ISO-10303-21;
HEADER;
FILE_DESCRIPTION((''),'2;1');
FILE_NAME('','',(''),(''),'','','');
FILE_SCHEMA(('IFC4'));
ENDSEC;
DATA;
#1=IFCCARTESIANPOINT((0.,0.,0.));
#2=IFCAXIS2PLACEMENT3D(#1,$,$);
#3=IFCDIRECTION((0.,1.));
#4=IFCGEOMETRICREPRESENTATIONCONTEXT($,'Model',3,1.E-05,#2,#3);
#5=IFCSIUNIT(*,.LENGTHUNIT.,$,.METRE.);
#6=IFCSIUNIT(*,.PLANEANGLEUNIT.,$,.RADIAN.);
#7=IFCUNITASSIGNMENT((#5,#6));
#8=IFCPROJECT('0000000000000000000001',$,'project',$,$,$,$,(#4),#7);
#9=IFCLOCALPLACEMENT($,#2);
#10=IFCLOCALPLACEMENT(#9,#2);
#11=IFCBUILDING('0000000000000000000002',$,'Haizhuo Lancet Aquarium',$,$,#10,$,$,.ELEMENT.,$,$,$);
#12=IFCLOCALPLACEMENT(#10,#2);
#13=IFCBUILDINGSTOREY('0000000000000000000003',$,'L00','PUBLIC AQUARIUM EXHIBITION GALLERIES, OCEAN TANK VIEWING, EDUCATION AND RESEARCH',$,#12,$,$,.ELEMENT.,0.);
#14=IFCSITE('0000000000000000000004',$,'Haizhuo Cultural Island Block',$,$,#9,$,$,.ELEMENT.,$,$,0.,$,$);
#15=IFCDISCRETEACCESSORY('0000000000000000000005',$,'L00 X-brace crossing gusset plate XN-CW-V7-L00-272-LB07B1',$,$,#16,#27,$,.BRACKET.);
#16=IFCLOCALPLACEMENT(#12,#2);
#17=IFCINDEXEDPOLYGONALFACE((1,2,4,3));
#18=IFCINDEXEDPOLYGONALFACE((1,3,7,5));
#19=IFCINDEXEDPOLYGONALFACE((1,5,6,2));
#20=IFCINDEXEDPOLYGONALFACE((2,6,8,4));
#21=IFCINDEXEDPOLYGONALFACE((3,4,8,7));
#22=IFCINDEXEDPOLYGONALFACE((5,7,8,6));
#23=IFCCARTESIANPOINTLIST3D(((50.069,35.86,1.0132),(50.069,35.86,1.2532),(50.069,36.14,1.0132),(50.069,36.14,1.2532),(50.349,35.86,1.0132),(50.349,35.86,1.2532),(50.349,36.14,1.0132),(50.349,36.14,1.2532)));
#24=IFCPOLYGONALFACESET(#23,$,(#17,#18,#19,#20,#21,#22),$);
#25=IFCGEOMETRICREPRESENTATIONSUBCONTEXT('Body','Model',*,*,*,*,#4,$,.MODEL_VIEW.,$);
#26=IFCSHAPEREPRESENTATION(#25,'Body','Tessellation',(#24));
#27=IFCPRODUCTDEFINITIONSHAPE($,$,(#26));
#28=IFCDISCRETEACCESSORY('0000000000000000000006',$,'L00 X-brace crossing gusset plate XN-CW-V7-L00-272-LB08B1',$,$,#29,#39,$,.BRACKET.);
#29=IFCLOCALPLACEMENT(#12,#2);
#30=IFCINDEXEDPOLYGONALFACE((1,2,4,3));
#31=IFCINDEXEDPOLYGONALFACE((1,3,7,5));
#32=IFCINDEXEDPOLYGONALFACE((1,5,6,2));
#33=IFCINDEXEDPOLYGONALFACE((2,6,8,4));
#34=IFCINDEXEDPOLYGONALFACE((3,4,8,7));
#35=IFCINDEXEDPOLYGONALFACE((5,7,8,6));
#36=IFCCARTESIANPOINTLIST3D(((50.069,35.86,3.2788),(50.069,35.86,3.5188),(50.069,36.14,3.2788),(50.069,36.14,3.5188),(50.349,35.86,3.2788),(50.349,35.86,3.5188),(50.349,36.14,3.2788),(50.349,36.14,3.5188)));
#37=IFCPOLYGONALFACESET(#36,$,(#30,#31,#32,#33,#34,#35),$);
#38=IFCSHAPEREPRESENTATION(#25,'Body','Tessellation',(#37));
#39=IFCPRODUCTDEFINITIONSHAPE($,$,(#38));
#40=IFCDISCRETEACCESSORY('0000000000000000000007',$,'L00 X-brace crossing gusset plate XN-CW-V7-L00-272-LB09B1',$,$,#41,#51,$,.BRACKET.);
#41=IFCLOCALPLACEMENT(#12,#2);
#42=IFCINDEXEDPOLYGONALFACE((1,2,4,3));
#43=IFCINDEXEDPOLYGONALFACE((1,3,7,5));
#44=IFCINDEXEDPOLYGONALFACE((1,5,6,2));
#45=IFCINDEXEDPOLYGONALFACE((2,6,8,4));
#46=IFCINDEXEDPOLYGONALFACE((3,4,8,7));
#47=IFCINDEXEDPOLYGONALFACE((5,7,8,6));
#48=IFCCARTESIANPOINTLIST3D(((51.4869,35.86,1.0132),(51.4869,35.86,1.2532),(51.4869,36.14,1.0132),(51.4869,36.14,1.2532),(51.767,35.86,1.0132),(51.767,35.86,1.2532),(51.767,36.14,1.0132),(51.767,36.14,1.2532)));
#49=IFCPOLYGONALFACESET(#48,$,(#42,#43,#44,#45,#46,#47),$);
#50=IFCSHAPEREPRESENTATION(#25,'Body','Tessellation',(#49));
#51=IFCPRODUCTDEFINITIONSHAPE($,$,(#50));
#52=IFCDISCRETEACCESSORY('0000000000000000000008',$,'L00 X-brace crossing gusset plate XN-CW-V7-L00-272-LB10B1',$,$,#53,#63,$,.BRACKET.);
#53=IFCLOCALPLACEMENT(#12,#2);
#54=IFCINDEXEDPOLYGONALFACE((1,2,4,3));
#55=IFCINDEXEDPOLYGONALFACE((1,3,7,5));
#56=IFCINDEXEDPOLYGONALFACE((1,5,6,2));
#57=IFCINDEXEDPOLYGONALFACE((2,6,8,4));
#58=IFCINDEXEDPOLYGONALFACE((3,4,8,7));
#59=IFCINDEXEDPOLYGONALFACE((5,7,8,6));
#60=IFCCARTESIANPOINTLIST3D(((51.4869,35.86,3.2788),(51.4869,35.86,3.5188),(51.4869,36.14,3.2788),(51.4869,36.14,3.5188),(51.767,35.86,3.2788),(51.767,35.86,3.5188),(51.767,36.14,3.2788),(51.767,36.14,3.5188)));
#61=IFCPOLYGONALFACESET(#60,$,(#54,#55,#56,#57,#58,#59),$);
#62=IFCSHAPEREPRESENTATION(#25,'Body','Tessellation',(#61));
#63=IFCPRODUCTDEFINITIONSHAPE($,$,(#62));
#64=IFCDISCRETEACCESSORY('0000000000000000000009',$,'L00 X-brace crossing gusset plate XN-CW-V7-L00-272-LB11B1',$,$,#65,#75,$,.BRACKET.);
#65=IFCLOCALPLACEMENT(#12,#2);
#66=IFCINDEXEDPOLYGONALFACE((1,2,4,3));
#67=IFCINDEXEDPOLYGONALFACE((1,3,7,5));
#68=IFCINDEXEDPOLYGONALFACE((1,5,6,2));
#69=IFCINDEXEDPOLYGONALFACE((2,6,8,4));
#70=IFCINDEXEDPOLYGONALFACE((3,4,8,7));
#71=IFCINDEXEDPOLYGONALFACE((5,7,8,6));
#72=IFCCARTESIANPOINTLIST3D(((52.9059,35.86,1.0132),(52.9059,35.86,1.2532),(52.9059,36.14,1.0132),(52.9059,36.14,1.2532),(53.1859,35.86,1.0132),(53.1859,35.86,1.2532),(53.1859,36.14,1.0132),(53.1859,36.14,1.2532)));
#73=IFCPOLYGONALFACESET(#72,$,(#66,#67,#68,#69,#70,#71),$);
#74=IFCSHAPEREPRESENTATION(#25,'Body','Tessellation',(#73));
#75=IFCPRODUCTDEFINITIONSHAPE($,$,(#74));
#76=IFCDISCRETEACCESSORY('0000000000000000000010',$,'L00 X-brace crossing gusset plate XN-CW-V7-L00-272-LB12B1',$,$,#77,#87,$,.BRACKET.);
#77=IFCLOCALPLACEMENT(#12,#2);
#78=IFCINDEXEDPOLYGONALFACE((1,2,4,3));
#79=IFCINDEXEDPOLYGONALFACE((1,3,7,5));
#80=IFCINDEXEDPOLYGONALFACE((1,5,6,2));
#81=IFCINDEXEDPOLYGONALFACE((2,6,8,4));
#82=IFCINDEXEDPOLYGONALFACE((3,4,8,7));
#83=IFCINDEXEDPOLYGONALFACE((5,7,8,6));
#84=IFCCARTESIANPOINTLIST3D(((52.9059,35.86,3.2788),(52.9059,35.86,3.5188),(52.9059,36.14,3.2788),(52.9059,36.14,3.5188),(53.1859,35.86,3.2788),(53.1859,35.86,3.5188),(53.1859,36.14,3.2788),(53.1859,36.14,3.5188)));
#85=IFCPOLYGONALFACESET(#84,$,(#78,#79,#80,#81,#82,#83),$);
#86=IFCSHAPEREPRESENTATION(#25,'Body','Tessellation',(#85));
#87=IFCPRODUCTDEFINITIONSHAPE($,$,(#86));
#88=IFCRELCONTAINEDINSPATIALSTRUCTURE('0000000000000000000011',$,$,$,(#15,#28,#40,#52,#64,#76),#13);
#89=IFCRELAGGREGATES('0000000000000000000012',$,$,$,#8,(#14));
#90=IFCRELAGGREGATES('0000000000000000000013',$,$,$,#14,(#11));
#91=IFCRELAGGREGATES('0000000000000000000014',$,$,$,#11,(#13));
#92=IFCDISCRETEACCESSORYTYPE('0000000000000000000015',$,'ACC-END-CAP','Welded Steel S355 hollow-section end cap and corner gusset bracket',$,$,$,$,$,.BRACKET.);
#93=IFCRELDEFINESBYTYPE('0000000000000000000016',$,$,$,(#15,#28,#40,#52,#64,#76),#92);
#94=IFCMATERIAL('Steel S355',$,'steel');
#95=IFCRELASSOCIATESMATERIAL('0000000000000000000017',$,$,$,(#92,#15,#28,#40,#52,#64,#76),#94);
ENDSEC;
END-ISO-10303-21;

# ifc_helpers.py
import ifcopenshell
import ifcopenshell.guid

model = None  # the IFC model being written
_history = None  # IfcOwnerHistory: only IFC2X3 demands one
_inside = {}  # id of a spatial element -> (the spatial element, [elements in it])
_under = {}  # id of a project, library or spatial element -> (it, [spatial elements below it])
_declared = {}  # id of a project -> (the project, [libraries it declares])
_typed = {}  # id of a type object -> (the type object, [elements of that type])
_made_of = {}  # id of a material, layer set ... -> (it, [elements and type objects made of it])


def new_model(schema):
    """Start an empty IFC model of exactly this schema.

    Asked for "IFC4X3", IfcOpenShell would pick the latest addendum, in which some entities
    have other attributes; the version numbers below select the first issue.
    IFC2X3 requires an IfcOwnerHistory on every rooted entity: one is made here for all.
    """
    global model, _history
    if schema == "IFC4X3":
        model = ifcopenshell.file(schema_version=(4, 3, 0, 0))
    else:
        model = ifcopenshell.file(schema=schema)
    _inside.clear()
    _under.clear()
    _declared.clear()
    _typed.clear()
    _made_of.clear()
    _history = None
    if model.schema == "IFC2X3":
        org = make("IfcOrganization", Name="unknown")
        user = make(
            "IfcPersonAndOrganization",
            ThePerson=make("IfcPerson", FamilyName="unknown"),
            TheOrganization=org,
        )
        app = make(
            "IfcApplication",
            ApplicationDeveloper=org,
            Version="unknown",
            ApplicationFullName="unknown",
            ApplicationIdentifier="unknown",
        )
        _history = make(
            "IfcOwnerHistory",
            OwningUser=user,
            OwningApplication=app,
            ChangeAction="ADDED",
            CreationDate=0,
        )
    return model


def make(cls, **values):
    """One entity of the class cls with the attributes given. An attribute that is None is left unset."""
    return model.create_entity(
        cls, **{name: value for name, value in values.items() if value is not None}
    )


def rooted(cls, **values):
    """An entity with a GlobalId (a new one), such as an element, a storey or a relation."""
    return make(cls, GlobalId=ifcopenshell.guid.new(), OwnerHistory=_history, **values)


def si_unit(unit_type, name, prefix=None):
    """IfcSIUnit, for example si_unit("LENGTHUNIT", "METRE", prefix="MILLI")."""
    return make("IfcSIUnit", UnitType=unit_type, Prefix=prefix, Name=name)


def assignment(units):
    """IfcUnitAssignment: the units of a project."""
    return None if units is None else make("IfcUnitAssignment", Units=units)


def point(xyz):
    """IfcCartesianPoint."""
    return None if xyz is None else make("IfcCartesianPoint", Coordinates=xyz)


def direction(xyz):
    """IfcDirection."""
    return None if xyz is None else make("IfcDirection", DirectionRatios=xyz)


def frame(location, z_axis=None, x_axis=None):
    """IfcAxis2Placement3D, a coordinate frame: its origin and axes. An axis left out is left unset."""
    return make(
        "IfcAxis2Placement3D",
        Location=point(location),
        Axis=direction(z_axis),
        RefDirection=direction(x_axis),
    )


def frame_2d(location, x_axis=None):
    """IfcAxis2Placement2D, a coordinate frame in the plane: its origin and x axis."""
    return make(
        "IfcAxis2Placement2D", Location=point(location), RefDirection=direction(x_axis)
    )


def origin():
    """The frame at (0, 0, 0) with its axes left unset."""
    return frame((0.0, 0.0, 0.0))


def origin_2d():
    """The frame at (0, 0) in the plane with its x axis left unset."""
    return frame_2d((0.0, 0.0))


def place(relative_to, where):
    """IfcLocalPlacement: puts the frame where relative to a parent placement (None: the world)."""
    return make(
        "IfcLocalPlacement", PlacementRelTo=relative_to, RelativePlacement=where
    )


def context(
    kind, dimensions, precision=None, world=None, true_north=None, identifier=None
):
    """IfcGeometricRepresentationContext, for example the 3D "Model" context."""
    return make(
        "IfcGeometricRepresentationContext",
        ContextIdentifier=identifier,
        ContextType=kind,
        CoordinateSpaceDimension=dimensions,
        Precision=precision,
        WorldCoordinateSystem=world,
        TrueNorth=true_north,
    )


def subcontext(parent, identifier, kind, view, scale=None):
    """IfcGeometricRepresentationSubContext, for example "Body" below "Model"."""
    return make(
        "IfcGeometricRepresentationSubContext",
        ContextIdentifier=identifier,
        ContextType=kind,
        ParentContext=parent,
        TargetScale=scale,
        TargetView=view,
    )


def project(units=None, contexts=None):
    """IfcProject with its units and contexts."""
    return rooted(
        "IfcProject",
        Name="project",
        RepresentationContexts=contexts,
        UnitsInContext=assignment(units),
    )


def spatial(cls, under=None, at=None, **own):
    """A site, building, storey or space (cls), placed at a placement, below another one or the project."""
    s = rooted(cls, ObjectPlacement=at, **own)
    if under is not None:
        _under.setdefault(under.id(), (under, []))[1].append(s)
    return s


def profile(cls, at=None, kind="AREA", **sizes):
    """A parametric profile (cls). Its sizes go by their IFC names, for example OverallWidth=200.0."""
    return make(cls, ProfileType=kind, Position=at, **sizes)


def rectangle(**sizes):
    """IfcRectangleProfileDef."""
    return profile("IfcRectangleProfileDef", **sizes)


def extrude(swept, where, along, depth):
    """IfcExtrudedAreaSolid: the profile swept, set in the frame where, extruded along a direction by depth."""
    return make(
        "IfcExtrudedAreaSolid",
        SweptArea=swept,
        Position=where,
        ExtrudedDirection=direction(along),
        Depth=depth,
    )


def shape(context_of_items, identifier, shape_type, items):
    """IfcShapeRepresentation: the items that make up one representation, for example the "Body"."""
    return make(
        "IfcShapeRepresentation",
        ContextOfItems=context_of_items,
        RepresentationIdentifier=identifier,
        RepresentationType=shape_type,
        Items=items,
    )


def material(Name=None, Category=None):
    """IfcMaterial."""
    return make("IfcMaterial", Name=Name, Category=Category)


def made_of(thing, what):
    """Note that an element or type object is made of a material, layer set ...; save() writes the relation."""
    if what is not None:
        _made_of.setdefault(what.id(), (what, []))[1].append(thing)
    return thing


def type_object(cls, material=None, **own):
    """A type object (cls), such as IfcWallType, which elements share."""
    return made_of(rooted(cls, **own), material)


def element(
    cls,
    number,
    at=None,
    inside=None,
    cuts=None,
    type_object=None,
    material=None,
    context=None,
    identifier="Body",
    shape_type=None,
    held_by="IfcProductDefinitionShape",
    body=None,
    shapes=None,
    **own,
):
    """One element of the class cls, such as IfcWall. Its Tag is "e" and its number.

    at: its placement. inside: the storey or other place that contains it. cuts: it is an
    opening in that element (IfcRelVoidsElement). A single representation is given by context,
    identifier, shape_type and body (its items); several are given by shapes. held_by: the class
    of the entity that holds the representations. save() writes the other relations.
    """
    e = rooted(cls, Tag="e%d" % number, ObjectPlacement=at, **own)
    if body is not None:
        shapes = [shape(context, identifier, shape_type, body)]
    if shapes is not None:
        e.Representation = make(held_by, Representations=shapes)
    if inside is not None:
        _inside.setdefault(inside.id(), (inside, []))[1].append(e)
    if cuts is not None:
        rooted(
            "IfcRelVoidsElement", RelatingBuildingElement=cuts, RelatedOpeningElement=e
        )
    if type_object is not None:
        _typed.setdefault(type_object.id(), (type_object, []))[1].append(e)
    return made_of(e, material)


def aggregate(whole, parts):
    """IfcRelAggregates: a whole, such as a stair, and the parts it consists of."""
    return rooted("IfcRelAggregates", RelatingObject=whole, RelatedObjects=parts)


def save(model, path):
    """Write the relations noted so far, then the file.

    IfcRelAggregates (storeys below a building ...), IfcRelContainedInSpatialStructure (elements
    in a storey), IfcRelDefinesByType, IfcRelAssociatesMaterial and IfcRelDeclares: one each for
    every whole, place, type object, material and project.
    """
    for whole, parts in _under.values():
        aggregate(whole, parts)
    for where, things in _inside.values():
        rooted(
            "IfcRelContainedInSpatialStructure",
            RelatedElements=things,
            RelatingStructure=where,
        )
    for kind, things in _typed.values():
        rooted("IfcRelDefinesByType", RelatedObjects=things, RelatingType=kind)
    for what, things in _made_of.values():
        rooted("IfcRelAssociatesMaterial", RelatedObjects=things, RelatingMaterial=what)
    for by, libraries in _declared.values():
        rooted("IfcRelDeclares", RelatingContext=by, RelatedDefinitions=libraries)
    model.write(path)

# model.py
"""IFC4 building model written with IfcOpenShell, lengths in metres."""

from ifc_helpers import new_model, si_unit, direction, frame, origin, origin_2d, place, context, subcontext, project, spatial, rectangle, extrude, material, type_object, element, save


model = new_model("IFC4")

# Units and contexts
model_context = context("Model", 3, precision=1e-05, world=origin(), true_north=direction((0.0, 1.0)))
body_context = subcontext(model_context, "Body", "Model", "MODEL_VIEW")
ifc_project = project(units=[si_unit("LENGTHUNIT", "METRE"), si_unit("PLANEANGLEUNIT", "RADIAN")], contexts=[model_context])

# Site, building, storey
site_placement = place(None, origin())
site = spatial("IfcSite", under=ifc_project, at=site_placement, Name="Haizhuo Cultural Island Block", CompositionType="ELEMENT", RefElevation=0.0)
building_placement = place(site_placement, origin())
building = spatial("IfcBuilding", under=site, at=building_placement, Name="Haizhuo Lancet Aquarium", CompositionType="ELEMENT")
storey_placement = place(building_placement, origin())
storey = spatial("IfcBuildingStorey", under=building, at=storey_placement, Name="L00", Description="PUBLIC AQUARIUM EXHIBITION GALLERIES, OCEAN TANK VIEWING, EDUCATION AND RESEARCH", CompositionType="ELEMENT", Elevation=0.0)

# Shared definitions
ifc_material_1 = material(Name="Steel S355", Category="steel")

# Discrete accessories
discrete_accessory_type = type_object("IfcDiscreteAccessoryType", Name="ACC-END-CAP", Description="Welded Steel S355 hollow-section end cap and corner gusset bracket", PredefinedType="BRACKET", material=ifc_material_1)
for number, where, z_axis, x_axis, name in (
    (1, (50.209, 36.0, 1.0132), (0.0, 0.0, 1.0), (1.0, 0.0, 0.0), "L00 X-brace crossing gusset plate XN-CW-V7-L00-272-LB07B1"),
    (2, (50.209, 36.0, 3.2788), (0.0, 0.0, 1.0), (1.0, 0.0, 0.0), "L00 X-brace crossing gusset plate XN-CW-V7-L00-272-LB08B1"),
    (3, (51.627, 36.0, 1.0132), (0.0, 0.0, 1.0), (1.0, 0.0, 0.0), "L00 X-brace crossing gusset plate XN-CW-V7-L00-272-LB09B1"),
    (4, (51.627, 36.0, 3.2788), (0.0, 0.0, 1.0), (1.0, 0.0, 0.0), "L00 X-brace crossing gusset plate XN-CW-V7-L00-272-LB10B1"),
    (5, (53.0459, 36.0, 1.0132), (0.0, 0.0, 1.0), (1.0, 0.0, 0.0), "L00 X-brace crossing gusset plate XN-CW-V7-L00-272-LB11B1"),
    (6, (53.0459, 36.0, 3.2788), (0.0, 0.0, 1.0), (1.0, 0.0, 0.0), "L00 X-brace crossing gusset plate XN-CW-V7-L00-272-LB12B1"),
):
    element("IfcDiscreteAccessory", number, at=place(storey_placement, frame(where, z_axis=z_axis, x_axis=x_axis)), inside=storey, type_object=discrete_accessory_type, material=ifc_material_1, Name=name, PredefinedType="BRACKET", context=body_context, shape_type="SweptSolid", body=[
        extrude(rectangle(XDim=0.28, YDim=0.28, at=origin_2d()), origin(), (0.0, 0.0, 1.0), 0.24),
    ])

save(model, "model.ifc")
